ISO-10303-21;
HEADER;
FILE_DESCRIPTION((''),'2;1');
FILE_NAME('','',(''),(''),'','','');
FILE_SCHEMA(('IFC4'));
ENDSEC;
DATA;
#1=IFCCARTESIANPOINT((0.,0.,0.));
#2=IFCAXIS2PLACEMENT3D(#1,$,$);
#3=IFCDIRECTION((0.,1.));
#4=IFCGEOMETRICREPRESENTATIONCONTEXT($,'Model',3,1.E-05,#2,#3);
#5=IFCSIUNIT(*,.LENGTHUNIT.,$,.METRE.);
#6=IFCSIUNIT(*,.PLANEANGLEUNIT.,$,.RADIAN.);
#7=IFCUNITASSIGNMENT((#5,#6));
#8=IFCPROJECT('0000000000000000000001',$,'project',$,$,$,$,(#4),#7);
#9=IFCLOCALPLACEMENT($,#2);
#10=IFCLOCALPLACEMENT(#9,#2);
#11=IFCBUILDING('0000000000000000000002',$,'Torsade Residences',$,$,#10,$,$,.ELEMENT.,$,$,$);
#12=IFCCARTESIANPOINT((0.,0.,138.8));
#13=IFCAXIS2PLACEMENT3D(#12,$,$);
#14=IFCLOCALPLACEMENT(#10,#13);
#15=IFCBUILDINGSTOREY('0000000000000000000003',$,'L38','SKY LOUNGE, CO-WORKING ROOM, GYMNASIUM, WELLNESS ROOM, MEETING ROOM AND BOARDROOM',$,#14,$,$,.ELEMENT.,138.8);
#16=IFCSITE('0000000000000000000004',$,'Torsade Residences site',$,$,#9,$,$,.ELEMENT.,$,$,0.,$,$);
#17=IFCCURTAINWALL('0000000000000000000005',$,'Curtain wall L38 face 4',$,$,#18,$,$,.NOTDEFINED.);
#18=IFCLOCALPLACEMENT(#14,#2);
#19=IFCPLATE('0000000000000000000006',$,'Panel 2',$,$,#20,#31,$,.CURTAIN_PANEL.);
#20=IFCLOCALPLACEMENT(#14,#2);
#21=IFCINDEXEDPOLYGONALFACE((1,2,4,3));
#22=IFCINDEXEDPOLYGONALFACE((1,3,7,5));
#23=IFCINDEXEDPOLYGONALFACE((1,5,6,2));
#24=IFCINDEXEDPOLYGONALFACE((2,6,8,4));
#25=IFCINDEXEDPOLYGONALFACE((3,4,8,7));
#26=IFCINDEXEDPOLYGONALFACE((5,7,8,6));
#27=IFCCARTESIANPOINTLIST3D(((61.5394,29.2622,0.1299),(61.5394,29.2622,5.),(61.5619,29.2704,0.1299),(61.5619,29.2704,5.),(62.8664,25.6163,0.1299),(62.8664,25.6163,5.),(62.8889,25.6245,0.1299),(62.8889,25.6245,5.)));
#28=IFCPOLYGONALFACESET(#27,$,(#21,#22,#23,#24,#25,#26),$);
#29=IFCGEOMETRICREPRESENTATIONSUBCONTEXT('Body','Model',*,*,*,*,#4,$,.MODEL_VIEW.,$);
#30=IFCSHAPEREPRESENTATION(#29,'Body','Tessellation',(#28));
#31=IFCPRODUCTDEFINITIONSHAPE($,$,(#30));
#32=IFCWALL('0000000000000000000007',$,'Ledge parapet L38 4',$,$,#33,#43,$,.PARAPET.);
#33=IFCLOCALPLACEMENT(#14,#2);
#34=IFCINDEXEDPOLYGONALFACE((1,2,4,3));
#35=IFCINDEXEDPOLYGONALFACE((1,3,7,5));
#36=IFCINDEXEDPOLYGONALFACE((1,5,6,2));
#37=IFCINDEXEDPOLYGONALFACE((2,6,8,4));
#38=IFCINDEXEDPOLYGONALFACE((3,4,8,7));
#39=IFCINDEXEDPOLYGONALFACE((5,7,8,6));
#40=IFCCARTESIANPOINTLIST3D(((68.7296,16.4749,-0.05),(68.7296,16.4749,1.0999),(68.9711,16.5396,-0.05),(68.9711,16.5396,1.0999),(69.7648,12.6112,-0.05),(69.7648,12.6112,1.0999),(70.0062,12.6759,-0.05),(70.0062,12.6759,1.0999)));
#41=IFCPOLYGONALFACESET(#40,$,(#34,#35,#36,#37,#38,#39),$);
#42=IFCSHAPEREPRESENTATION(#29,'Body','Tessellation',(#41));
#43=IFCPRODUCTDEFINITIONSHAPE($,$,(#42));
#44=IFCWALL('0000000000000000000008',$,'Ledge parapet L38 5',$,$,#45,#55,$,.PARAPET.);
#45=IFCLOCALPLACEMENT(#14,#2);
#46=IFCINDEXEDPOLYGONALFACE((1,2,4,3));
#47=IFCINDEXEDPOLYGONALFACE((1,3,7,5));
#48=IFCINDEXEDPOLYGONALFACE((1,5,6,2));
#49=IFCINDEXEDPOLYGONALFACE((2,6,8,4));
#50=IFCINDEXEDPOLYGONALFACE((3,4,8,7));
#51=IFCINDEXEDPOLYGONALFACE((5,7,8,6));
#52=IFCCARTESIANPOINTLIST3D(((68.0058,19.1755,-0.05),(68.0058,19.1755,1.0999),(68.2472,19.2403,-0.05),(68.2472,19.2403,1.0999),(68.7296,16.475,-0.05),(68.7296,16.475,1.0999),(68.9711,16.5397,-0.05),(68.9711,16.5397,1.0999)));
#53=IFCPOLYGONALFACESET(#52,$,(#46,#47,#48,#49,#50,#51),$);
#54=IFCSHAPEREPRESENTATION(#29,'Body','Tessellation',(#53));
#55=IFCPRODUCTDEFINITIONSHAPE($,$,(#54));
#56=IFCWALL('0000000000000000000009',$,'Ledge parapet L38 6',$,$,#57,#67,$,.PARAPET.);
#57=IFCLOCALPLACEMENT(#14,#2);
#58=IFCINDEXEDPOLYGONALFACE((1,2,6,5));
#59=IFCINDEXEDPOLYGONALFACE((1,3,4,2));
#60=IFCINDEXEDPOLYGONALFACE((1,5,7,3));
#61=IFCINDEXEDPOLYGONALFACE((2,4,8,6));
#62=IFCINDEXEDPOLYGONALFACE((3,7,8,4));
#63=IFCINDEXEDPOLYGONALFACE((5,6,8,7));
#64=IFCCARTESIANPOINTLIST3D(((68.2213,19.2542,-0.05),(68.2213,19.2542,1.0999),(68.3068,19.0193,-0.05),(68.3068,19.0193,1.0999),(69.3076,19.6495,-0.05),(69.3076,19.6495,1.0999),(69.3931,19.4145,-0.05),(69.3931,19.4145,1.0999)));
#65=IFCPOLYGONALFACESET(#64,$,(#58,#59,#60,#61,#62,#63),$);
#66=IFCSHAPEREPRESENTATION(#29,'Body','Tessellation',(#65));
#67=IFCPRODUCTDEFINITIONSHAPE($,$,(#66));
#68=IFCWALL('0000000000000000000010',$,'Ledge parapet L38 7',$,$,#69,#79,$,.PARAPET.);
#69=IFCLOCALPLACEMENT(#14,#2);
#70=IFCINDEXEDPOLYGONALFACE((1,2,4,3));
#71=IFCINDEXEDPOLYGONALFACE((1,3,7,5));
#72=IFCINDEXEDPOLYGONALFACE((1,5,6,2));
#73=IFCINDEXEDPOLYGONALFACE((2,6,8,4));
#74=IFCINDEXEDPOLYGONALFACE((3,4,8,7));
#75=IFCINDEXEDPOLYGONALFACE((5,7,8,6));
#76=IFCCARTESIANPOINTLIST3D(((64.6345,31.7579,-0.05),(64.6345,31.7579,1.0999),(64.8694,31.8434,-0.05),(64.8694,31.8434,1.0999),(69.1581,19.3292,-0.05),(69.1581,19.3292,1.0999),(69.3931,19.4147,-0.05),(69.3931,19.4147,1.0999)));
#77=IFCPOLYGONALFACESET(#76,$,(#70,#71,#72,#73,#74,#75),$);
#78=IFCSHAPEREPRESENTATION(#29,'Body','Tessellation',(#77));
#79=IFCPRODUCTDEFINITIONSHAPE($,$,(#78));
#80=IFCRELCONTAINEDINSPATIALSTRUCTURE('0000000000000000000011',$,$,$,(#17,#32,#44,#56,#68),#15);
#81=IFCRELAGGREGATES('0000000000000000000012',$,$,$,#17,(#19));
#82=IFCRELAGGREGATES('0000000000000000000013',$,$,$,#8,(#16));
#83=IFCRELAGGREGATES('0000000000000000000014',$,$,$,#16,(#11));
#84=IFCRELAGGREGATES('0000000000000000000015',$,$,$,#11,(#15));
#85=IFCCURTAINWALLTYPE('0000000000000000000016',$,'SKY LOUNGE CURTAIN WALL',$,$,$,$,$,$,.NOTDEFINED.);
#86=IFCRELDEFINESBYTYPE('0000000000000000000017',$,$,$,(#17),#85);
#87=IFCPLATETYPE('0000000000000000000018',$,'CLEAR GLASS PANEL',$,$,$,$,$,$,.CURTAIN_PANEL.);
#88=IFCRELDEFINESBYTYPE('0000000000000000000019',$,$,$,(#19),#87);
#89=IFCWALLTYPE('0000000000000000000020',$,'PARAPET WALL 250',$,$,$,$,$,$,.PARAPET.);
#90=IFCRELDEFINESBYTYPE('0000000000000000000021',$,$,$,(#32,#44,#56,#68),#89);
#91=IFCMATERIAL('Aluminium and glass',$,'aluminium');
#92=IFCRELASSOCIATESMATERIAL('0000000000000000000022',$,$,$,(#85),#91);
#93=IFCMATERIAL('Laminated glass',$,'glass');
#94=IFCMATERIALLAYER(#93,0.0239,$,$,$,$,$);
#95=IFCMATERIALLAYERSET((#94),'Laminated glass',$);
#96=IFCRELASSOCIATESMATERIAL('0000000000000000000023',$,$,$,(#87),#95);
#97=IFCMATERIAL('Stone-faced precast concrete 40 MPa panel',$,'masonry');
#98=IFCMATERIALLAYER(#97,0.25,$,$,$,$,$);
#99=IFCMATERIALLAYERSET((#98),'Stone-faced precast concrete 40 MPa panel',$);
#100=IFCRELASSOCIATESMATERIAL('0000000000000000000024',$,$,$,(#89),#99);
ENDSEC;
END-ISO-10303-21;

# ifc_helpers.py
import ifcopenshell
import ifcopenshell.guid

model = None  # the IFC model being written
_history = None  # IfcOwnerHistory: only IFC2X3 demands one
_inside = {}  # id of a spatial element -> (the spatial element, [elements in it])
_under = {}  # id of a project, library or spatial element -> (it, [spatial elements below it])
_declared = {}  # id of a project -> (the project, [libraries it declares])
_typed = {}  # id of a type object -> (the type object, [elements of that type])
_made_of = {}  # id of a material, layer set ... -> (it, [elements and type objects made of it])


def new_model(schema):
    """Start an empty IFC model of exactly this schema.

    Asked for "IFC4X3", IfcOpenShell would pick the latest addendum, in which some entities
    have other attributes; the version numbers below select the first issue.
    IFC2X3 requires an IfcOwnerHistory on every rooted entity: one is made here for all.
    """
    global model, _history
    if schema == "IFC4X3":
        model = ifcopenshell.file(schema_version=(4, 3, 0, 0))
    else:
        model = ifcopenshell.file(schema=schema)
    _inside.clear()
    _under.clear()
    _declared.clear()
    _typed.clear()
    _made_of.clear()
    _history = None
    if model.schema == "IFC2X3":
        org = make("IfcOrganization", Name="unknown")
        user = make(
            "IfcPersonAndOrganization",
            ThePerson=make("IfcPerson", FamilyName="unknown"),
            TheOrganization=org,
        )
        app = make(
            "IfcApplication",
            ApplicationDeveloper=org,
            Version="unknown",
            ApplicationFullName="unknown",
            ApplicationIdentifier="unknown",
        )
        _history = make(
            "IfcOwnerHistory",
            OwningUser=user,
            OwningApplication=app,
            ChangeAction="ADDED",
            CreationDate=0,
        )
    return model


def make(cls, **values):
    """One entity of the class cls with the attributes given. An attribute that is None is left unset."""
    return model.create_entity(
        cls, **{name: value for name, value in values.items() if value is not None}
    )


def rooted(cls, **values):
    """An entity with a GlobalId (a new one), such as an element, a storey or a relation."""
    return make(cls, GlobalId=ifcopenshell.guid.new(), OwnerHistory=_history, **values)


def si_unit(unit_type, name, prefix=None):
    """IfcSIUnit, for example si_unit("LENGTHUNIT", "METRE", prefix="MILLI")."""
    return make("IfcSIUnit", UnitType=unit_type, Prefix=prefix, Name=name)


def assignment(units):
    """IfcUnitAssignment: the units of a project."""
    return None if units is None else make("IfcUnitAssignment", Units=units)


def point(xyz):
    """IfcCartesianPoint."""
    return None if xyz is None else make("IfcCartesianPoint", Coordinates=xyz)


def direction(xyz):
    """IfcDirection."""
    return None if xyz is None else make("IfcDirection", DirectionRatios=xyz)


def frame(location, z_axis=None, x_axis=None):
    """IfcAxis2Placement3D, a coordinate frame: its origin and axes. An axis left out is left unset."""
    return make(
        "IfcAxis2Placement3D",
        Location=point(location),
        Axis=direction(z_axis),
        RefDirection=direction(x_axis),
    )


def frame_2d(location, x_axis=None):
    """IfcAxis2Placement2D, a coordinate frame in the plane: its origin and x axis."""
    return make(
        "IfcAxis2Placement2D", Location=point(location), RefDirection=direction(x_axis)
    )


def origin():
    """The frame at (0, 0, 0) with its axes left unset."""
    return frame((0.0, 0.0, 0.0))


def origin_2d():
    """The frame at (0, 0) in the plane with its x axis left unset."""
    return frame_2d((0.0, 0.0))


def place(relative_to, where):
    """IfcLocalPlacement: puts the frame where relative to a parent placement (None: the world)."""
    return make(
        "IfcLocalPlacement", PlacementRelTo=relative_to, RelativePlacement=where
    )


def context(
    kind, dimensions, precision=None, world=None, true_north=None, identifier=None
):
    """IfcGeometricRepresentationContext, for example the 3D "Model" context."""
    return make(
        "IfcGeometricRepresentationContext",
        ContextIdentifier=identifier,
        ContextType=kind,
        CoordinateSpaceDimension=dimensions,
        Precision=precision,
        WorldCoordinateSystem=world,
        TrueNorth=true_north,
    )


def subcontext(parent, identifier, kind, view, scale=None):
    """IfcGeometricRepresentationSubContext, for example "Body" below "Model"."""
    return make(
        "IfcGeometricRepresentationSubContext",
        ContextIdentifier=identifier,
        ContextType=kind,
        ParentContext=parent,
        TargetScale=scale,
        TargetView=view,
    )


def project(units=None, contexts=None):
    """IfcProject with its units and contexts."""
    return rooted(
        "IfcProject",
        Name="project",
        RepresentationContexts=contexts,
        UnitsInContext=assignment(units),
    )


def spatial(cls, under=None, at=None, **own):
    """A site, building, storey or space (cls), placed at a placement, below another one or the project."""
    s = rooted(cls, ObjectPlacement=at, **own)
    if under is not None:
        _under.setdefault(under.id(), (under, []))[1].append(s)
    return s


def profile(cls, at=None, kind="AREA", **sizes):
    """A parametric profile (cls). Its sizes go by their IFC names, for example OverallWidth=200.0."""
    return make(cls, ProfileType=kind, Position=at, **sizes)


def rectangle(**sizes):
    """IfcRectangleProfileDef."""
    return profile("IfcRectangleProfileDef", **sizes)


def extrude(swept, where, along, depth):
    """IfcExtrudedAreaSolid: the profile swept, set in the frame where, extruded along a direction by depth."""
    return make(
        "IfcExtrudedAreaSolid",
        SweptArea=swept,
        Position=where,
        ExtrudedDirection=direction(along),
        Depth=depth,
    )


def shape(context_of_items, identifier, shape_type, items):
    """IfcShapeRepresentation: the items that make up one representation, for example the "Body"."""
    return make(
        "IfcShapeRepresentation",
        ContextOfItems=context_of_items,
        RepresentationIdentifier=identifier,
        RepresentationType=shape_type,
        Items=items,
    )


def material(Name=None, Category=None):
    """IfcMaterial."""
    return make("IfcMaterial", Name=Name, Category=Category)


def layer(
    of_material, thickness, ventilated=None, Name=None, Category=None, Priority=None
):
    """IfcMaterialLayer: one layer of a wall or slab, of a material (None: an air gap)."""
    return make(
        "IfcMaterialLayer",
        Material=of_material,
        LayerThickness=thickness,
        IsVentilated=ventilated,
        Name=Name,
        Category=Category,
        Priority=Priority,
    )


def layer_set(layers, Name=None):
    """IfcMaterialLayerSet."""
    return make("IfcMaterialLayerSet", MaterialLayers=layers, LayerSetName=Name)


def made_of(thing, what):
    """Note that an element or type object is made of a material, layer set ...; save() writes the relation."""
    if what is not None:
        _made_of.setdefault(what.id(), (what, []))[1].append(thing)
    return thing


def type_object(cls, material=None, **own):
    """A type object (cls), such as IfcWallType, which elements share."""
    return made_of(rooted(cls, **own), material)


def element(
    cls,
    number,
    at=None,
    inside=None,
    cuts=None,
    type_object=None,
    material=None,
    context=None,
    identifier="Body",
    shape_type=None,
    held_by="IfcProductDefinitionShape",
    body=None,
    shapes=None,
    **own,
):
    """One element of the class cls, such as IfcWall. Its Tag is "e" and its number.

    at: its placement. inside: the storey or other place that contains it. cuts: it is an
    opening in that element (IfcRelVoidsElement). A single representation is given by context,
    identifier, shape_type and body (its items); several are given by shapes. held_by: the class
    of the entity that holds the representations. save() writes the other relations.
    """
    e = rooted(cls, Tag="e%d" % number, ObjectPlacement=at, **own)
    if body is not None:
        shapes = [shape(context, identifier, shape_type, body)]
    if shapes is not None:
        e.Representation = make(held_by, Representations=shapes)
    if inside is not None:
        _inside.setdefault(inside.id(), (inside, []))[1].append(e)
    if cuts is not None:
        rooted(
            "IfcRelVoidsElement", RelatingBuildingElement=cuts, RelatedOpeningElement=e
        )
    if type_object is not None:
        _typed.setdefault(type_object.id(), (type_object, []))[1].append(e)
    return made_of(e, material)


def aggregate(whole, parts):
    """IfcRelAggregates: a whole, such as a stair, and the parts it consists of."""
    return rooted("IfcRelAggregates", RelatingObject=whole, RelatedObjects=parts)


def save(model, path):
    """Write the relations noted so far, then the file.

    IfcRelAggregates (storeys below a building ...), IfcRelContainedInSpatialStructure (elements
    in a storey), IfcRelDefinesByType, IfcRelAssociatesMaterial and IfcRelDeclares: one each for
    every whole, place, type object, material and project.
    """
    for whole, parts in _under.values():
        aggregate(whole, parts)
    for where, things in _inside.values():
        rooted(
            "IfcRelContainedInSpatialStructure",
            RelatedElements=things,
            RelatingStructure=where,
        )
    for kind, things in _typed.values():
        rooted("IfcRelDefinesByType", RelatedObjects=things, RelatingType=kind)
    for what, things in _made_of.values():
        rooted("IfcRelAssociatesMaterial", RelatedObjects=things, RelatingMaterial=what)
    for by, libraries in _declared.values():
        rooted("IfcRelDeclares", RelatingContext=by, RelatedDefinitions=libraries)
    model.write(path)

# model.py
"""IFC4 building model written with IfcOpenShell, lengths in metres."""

from ifc_helpers import new_model, si_unit, direction, frame, frame_2d, origin, origin_2d, place, context, subcontext, project, spatial, rectangle, extrude, material, layer, layer_set, type_object, element, aggregate, save


model = new_model("IFC4")

# Units and contexts
model_context = context("Model", 3, precision=1e-05, world=origin(), true_north=direction((0.0, 1.0)))
body_context = subcontext(model_context, "Body", "Model", "MODEL_VIEW")
ifc_project = project(units=[si_unit("LENGTHUNIT", "METRE"), si_unit("PLANEANGLEUNIT", "RADIAN")], contexts=[model_context])

# Site, building, storey
site_placement = place(None, origin())
site = spatial("IfcSite", under=ifc_project, at=site_placement, Name="Torsade Residences site", CompositionType="ELEMENT", RefElevation=0.0)
building_placement = place(site_placement, origin())
building = spatial("IfcBuilding", under=site, at=building_placement, Name="Torsade Residences", CompositionType="ELEMENT")
storey_placement = place(building_placement, frame((0.0, 0.0, 138.8)))
storey = spatial("IfcBuildingStorey", under=building, at=storey_placement, Name="L38", Description="SKY LOUNGE, CO-WORKING ROOM, GYMNASIUM, WELLNESS ROOM, MEETING ROOM AND BOARDROOM", CompositionType="ELEMENT", Elevation=138.8)

# Shared definitions
ifc_material_1 = material(Name="Aluminium and glass", Category="aluminium")
curtain_wall_type = type_object("IfcCurtainWallType", Name="SKY LOUNGE CURTAIN WALL", PredefinedType="NOTDEFINED", material=ifc_material_1)

# Curtain wall
curtain_wall_1_placement = place(storey_placement, origin())
curtain_wall_1 = element("IfcCurtainWall", 1, at=curtain_wall_1_placement, inside=storey, type_object=curtain_wall_type, Name="Curtain wall L38 face 4", PredefinedType="NOTDEFINED")

# Plate
ifc_material_2 = material(Name="Laminated glass", Category="glass")
ifc_layer_1 = layer(ifc_material_2, 0.0239)
ifc_layer_set_1 = layer_set([ifc_layer_1], Name="Laminated glass")
plate_type = type_object("IfcPlateType", Name="CLEAR GLASS PANEL", PredefinedType="CURTAIN_PANEL", material=ifc_layer_set_1)
plate_1_placement = place(storey_placement, frame((62.2141, 27.4434, 0.1299), z_axis=(0.0, 0.0, 1.0), x_axis=(-0.34202, 0.939693, 0.0)))
plate_1 = element("IfcPlate", 2, at=plate_1_placement, type_object=plate_type, Name="Panel 2", PredefinedType="CURTAIN_PANEL", context=body_context, shape_type="SweptSolid", body=[
    extrude(rectangle(XDim=3.8799, YDim=0.0239, at=origin_2d()), origin(), (0.0, 0.0, 1.0), 4.8701),
])
aggregate(curtain_wall_1, [plate_1])

# Walls
ifc_material_3 = material(Name="Stone-faced precast concrete 40 MPa panel", Category="masonry")
ifc_layer_2 = layer(ifc_material_3, 0.25)
ifc_layer_set_2 = layer_set([ifc_layer_2], Name="Stone-faced precast concrete 40 MPa panel")
wall_type = type_object("IfcWallType", Name="PARAPET WALL 250", PredefinedType="PARAPET", material=ifc_layer_set_2)
wall_1_placement = place(storey_placement, frame((69.8855, 12.6436, -0.05), z_axis=(0.0, 0.0, 1.0), x_axis=(-0.258787, 0.965934, 0.0)))
element("IfcWall", 3, at=wall_1_placement, inside=storey, type_object=wall_type, Name="Ledge parapet L38 4", PredefinedType="PARAPET", context=body_context, shape_type="SweptSolid", body=[
    extrude(rectangle(XDim=4.0, YDim=0.25, at=frame_2d((2.0, 0.0))), origin(), (0.0, 0.0, 1.0), 1.1499),
])
wall_2_placement = place(storey_placement, frame((68.8503, 16.5073, -0.05), z_axis=(0.0, 0.0, 1.0), x_axis=(-0.258896, 0.965905, 0.0)))
element("IfcWall", 4, at=wall_2_placement, inside=storey, type_object=wall_type, Name="Ledge parapet L38 5", PredefinedType="PARAPET", context=body_context, shape_type="SweptSolid", body=[
    extrude(rectangle(XDim=2.7959, YDim=0.25, at=frame_2d((1.3979, 0.0))), origin(), (0.0, 0.0, 1.0), 1.1499),
])
wall_3_placement = place(storey_placement, frame((68.2639, 19.1367, -0.05), z_axis=(0.0, 0.0, 1.0), x_axis=(0.939738, 0.341896, 0.0)))
element("IfcWall", 5, at=wall_3_placement, inside=storey, type_object=wall_type, Name="Ledge parapet L38 6", PredefinedType="PARAPET", context=body_context, shape_type="SweptSolid", body=[
    extrude(rectangle(XDim=1.156, YDim=0.25, at=frame_2d((0.5781, 0.0))), origin(), (0.0, 0.0, 1.0), 1.1499),
])
wall_4_placement = place(storey_placement, frame((69.2756, 19.3718, -0.05), z_axis=(0.0, 0.0, 1.0), x_axis=(-0.34202, 0.939693, 0.0)))
element("IfcWall", 6, at=wall_4_placement, inside=storey, type_object=wall_type, Name="Ledge parapet L38 7", PredefinedType="PARAPET", context=body_context, shape_type="SweptSolid", body=[
    extrude(rectangle(XDim=13.2263, YDim=0.25, at=frame_2d((6.6133, 0.0))), origin(), (0.0, 0.0, 1.0), 1.1499),
])

save(model, "model.ifc")
